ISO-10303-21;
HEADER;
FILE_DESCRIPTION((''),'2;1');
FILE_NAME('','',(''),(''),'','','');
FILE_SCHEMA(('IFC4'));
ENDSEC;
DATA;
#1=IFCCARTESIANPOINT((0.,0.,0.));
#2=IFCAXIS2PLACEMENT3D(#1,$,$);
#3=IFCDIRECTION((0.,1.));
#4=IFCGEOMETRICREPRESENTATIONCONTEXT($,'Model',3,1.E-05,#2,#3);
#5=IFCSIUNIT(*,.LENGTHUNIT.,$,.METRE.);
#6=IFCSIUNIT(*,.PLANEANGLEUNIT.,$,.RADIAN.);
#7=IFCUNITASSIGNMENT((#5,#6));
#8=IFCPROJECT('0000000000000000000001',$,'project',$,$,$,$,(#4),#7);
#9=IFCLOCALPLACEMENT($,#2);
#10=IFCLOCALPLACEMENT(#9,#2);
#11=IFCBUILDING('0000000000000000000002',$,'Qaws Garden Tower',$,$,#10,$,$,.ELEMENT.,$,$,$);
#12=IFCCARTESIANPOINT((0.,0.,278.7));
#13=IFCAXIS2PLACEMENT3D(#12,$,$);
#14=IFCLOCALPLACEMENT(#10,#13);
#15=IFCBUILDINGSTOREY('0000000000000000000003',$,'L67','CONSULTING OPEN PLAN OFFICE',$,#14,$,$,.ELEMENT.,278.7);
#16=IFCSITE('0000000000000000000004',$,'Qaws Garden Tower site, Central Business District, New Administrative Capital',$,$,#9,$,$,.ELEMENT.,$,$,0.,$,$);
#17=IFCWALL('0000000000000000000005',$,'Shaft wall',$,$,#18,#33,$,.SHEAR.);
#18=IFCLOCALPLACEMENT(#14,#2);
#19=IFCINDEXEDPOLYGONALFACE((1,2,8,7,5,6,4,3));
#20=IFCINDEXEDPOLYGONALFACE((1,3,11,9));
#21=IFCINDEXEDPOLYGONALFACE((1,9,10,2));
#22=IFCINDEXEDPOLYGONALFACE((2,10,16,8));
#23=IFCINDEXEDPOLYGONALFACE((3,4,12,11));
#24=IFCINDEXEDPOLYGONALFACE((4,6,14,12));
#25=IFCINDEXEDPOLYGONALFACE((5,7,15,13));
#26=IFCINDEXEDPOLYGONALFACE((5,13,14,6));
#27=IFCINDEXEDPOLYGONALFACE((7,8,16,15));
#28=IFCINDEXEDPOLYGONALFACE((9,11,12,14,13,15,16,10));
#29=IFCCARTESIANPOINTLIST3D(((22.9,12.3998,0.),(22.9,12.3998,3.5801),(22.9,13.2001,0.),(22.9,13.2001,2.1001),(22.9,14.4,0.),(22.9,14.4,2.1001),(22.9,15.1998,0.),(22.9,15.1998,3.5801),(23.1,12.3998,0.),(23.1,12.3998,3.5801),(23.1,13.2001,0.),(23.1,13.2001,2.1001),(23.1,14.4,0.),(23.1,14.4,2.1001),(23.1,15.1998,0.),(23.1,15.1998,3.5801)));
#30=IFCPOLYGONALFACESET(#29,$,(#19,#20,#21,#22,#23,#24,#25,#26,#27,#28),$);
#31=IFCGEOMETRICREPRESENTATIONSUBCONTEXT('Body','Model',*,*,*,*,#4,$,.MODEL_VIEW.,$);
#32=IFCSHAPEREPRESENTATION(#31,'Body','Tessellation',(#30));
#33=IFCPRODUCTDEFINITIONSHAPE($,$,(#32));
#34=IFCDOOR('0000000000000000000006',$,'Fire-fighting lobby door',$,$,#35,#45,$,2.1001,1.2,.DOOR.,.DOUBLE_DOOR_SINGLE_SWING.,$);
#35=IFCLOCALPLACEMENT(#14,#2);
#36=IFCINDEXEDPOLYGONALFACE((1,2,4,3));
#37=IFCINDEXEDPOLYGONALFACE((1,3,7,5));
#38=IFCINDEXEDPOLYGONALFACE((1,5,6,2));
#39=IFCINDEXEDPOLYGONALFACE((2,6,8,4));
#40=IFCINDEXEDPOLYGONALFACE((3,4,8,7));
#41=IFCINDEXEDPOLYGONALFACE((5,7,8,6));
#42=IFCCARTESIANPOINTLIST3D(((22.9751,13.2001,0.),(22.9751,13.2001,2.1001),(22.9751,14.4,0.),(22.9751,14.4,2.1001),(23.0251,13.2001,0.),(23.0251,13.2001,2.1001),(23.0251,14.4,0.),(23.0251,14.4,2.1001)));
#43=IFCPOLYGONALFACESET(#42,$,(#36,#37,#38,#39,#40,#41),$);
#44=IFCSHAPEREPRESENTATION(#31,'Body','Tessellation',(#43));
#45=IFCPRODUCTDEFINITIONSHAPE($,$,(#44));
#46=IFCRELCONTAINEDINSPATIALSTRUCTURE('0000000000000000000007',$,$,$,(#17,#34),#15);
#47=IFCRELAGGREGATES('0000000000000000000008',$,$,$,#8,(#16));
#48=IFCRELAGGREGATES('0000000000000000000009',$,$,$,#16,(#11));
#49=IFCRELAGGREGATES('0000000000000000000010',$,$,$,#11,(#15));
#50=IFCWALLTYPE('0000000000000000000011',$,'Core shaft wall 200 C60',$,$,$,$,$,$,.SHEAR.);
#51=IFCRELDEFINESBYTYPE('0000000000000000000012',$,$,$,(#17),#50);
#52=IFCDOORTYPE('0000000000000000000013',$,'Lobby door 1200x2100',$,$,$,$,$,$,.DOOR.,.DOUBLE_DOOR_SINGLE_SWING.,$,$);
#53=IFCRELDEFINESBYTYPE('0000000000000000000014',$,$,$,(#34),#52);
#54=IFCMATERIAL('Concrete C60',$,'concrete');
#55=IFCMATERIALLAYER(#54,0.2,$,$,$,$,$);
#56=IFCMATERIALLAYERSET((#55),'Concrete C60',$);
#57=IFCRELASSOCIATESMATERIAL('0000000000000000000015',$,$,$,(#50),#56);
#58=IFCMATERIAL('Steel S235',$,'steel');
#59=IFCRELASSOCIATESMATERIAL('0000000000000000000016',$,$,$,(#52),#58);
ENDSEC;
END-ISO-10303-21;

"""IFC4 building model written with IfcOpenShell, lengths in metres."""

from ifc_helpers import new_model, si_unit, direction, frame, frame_2d, origin, place, context, subcontext, project, spatial, rectangle, extrude, material, layer, layer_set, type_object, element, fill, save


model = new_model("IFC4")

# Units and contexts
model_context = context("Model", 3, precision=1e-05, world=origin(), true_north=direction((0.0, 1.0)))
body_context = subcontext(model_context, "Body", "Model", "MODEL_VIEW")
ifc_project = project(units=[si_unit("LENGTHUNIT", "METRE"), si_unit("PLANEANGLEUNIT", "RADIAN")], contexts=[model_context])

# Site, building, storey
site_placement = place(None, origin())
site = spatial("IfcSite", under=ifc_project, at=site_placement, Name="Qaws Garden Tower site, Central Business District, New Administrative Capital", CompositionType="ELEMENT", RefElevation=0.0)
building_placement = place(site_placement, origin())
building = spatial("IfcBuilding", under=site, at=building_placement, Name="Qaws Garden Tower", CompositionType="ELEMENT")
storey_placement = place(building_placement, frame((0.0, 0.0, 278.7)))
storey = spatial("IfcBuildingStorey", under=building, at=storey_placement, Name="L67", Description="CONSULTING OPEN PLAN OFFICE", CompositionType="ELEMENT", Elevation=278.7)

# Shared definitions
ifc_material_1 = material(Name="Concrete C60", Category="concrete")
ifc_layer_1 = layer(ifc_material_1, 0.2)
ifc_layer_set_1 = layer_set([ifc_layer_1], Name="Concrete C60")
wall_type_1 = type_object("IfcWallType", Name="Core shaft wall 200 C60", PredefinedType="SHEAR", material=ifc_layer_set_1)

# Wall, opening, door
wall_1_placement = place(storey_placement, frame((23.0, 12.3999, 0.0), z_axis=(0.0, 0.0, 1.0), x_axis=(0.0, 1.0, 0.0)))
wall_1 = element("IfcWall", 1, at=wall_1_placement, inside=storey, type_object=wall_type_1, Name="Shaft wall", PredefinedType="SHEAR", context=body_context, shape_type="SweptSolid", body=[
    extrude(rectangle(XDim=2.8, YDim=0.2, at=frame_2d((1.3999, 0.0))), origin(), (0.0, 0.0, 1.0), 3.5801),
])
opening_1_placement = place(wall_1_placement, frame((0.8, 0.0, 0.0)))
opening_1 = element("IfcOpeningElement", 2, at=opening_1_placement, cuts=wall_1, PredefinedType="OPENING", context=body_context, shape_type="SweptSolid", body=[
    extrude(rectangle(XDim=1.2, YDim=2.1001, at=frame_2d((0.6001, 1.05))), frame((0.0, 0.1099, 0.0), z_axis=(0.0, -1.0, 0.0), x_axis=(1.0, 0.0, 0.0)), (0.0, 0.0, 1.0), 0.22),
])
ifc_material_2 = material(Name="Steel S235", Category="steel")
door_type_1 = type_object("IfcDoorType", Name="Lobby door 1200x2100", OperationType="DOUBLE_DOOR_SINGLE_SWING", PredefinedType="DOOR", material=ifc_material_2)
door_1_placement = place(opening_1_placement, origin())
door_1 = element("IfcDoor", 3, at=door_1_placement, inside=storey, type_object=door_type_1, Name="Fire-fighting lobby door", OperationType="DOUBLE_DOOR_SINGLE_SWING", OverallHeight=2.1001, OverallWidth=1.2, PredefinedType="DOOR", context=body_context, shape_type="SweptSolid", body=[
    extrude(rectangle(XDim=1.2, YDim=2.1001, at=frame_2d((0.6001, 1.05))), frame((0.0, 0.0249, 0.0), z_axis=(0.0, -1.0, 0.0), x_axis=(1.0, 0.0, 0.0)), (0.0, 0.0, 1.0), 0.05),
])
fill(opening_1, door_1)

save(model, "model.ifc")
